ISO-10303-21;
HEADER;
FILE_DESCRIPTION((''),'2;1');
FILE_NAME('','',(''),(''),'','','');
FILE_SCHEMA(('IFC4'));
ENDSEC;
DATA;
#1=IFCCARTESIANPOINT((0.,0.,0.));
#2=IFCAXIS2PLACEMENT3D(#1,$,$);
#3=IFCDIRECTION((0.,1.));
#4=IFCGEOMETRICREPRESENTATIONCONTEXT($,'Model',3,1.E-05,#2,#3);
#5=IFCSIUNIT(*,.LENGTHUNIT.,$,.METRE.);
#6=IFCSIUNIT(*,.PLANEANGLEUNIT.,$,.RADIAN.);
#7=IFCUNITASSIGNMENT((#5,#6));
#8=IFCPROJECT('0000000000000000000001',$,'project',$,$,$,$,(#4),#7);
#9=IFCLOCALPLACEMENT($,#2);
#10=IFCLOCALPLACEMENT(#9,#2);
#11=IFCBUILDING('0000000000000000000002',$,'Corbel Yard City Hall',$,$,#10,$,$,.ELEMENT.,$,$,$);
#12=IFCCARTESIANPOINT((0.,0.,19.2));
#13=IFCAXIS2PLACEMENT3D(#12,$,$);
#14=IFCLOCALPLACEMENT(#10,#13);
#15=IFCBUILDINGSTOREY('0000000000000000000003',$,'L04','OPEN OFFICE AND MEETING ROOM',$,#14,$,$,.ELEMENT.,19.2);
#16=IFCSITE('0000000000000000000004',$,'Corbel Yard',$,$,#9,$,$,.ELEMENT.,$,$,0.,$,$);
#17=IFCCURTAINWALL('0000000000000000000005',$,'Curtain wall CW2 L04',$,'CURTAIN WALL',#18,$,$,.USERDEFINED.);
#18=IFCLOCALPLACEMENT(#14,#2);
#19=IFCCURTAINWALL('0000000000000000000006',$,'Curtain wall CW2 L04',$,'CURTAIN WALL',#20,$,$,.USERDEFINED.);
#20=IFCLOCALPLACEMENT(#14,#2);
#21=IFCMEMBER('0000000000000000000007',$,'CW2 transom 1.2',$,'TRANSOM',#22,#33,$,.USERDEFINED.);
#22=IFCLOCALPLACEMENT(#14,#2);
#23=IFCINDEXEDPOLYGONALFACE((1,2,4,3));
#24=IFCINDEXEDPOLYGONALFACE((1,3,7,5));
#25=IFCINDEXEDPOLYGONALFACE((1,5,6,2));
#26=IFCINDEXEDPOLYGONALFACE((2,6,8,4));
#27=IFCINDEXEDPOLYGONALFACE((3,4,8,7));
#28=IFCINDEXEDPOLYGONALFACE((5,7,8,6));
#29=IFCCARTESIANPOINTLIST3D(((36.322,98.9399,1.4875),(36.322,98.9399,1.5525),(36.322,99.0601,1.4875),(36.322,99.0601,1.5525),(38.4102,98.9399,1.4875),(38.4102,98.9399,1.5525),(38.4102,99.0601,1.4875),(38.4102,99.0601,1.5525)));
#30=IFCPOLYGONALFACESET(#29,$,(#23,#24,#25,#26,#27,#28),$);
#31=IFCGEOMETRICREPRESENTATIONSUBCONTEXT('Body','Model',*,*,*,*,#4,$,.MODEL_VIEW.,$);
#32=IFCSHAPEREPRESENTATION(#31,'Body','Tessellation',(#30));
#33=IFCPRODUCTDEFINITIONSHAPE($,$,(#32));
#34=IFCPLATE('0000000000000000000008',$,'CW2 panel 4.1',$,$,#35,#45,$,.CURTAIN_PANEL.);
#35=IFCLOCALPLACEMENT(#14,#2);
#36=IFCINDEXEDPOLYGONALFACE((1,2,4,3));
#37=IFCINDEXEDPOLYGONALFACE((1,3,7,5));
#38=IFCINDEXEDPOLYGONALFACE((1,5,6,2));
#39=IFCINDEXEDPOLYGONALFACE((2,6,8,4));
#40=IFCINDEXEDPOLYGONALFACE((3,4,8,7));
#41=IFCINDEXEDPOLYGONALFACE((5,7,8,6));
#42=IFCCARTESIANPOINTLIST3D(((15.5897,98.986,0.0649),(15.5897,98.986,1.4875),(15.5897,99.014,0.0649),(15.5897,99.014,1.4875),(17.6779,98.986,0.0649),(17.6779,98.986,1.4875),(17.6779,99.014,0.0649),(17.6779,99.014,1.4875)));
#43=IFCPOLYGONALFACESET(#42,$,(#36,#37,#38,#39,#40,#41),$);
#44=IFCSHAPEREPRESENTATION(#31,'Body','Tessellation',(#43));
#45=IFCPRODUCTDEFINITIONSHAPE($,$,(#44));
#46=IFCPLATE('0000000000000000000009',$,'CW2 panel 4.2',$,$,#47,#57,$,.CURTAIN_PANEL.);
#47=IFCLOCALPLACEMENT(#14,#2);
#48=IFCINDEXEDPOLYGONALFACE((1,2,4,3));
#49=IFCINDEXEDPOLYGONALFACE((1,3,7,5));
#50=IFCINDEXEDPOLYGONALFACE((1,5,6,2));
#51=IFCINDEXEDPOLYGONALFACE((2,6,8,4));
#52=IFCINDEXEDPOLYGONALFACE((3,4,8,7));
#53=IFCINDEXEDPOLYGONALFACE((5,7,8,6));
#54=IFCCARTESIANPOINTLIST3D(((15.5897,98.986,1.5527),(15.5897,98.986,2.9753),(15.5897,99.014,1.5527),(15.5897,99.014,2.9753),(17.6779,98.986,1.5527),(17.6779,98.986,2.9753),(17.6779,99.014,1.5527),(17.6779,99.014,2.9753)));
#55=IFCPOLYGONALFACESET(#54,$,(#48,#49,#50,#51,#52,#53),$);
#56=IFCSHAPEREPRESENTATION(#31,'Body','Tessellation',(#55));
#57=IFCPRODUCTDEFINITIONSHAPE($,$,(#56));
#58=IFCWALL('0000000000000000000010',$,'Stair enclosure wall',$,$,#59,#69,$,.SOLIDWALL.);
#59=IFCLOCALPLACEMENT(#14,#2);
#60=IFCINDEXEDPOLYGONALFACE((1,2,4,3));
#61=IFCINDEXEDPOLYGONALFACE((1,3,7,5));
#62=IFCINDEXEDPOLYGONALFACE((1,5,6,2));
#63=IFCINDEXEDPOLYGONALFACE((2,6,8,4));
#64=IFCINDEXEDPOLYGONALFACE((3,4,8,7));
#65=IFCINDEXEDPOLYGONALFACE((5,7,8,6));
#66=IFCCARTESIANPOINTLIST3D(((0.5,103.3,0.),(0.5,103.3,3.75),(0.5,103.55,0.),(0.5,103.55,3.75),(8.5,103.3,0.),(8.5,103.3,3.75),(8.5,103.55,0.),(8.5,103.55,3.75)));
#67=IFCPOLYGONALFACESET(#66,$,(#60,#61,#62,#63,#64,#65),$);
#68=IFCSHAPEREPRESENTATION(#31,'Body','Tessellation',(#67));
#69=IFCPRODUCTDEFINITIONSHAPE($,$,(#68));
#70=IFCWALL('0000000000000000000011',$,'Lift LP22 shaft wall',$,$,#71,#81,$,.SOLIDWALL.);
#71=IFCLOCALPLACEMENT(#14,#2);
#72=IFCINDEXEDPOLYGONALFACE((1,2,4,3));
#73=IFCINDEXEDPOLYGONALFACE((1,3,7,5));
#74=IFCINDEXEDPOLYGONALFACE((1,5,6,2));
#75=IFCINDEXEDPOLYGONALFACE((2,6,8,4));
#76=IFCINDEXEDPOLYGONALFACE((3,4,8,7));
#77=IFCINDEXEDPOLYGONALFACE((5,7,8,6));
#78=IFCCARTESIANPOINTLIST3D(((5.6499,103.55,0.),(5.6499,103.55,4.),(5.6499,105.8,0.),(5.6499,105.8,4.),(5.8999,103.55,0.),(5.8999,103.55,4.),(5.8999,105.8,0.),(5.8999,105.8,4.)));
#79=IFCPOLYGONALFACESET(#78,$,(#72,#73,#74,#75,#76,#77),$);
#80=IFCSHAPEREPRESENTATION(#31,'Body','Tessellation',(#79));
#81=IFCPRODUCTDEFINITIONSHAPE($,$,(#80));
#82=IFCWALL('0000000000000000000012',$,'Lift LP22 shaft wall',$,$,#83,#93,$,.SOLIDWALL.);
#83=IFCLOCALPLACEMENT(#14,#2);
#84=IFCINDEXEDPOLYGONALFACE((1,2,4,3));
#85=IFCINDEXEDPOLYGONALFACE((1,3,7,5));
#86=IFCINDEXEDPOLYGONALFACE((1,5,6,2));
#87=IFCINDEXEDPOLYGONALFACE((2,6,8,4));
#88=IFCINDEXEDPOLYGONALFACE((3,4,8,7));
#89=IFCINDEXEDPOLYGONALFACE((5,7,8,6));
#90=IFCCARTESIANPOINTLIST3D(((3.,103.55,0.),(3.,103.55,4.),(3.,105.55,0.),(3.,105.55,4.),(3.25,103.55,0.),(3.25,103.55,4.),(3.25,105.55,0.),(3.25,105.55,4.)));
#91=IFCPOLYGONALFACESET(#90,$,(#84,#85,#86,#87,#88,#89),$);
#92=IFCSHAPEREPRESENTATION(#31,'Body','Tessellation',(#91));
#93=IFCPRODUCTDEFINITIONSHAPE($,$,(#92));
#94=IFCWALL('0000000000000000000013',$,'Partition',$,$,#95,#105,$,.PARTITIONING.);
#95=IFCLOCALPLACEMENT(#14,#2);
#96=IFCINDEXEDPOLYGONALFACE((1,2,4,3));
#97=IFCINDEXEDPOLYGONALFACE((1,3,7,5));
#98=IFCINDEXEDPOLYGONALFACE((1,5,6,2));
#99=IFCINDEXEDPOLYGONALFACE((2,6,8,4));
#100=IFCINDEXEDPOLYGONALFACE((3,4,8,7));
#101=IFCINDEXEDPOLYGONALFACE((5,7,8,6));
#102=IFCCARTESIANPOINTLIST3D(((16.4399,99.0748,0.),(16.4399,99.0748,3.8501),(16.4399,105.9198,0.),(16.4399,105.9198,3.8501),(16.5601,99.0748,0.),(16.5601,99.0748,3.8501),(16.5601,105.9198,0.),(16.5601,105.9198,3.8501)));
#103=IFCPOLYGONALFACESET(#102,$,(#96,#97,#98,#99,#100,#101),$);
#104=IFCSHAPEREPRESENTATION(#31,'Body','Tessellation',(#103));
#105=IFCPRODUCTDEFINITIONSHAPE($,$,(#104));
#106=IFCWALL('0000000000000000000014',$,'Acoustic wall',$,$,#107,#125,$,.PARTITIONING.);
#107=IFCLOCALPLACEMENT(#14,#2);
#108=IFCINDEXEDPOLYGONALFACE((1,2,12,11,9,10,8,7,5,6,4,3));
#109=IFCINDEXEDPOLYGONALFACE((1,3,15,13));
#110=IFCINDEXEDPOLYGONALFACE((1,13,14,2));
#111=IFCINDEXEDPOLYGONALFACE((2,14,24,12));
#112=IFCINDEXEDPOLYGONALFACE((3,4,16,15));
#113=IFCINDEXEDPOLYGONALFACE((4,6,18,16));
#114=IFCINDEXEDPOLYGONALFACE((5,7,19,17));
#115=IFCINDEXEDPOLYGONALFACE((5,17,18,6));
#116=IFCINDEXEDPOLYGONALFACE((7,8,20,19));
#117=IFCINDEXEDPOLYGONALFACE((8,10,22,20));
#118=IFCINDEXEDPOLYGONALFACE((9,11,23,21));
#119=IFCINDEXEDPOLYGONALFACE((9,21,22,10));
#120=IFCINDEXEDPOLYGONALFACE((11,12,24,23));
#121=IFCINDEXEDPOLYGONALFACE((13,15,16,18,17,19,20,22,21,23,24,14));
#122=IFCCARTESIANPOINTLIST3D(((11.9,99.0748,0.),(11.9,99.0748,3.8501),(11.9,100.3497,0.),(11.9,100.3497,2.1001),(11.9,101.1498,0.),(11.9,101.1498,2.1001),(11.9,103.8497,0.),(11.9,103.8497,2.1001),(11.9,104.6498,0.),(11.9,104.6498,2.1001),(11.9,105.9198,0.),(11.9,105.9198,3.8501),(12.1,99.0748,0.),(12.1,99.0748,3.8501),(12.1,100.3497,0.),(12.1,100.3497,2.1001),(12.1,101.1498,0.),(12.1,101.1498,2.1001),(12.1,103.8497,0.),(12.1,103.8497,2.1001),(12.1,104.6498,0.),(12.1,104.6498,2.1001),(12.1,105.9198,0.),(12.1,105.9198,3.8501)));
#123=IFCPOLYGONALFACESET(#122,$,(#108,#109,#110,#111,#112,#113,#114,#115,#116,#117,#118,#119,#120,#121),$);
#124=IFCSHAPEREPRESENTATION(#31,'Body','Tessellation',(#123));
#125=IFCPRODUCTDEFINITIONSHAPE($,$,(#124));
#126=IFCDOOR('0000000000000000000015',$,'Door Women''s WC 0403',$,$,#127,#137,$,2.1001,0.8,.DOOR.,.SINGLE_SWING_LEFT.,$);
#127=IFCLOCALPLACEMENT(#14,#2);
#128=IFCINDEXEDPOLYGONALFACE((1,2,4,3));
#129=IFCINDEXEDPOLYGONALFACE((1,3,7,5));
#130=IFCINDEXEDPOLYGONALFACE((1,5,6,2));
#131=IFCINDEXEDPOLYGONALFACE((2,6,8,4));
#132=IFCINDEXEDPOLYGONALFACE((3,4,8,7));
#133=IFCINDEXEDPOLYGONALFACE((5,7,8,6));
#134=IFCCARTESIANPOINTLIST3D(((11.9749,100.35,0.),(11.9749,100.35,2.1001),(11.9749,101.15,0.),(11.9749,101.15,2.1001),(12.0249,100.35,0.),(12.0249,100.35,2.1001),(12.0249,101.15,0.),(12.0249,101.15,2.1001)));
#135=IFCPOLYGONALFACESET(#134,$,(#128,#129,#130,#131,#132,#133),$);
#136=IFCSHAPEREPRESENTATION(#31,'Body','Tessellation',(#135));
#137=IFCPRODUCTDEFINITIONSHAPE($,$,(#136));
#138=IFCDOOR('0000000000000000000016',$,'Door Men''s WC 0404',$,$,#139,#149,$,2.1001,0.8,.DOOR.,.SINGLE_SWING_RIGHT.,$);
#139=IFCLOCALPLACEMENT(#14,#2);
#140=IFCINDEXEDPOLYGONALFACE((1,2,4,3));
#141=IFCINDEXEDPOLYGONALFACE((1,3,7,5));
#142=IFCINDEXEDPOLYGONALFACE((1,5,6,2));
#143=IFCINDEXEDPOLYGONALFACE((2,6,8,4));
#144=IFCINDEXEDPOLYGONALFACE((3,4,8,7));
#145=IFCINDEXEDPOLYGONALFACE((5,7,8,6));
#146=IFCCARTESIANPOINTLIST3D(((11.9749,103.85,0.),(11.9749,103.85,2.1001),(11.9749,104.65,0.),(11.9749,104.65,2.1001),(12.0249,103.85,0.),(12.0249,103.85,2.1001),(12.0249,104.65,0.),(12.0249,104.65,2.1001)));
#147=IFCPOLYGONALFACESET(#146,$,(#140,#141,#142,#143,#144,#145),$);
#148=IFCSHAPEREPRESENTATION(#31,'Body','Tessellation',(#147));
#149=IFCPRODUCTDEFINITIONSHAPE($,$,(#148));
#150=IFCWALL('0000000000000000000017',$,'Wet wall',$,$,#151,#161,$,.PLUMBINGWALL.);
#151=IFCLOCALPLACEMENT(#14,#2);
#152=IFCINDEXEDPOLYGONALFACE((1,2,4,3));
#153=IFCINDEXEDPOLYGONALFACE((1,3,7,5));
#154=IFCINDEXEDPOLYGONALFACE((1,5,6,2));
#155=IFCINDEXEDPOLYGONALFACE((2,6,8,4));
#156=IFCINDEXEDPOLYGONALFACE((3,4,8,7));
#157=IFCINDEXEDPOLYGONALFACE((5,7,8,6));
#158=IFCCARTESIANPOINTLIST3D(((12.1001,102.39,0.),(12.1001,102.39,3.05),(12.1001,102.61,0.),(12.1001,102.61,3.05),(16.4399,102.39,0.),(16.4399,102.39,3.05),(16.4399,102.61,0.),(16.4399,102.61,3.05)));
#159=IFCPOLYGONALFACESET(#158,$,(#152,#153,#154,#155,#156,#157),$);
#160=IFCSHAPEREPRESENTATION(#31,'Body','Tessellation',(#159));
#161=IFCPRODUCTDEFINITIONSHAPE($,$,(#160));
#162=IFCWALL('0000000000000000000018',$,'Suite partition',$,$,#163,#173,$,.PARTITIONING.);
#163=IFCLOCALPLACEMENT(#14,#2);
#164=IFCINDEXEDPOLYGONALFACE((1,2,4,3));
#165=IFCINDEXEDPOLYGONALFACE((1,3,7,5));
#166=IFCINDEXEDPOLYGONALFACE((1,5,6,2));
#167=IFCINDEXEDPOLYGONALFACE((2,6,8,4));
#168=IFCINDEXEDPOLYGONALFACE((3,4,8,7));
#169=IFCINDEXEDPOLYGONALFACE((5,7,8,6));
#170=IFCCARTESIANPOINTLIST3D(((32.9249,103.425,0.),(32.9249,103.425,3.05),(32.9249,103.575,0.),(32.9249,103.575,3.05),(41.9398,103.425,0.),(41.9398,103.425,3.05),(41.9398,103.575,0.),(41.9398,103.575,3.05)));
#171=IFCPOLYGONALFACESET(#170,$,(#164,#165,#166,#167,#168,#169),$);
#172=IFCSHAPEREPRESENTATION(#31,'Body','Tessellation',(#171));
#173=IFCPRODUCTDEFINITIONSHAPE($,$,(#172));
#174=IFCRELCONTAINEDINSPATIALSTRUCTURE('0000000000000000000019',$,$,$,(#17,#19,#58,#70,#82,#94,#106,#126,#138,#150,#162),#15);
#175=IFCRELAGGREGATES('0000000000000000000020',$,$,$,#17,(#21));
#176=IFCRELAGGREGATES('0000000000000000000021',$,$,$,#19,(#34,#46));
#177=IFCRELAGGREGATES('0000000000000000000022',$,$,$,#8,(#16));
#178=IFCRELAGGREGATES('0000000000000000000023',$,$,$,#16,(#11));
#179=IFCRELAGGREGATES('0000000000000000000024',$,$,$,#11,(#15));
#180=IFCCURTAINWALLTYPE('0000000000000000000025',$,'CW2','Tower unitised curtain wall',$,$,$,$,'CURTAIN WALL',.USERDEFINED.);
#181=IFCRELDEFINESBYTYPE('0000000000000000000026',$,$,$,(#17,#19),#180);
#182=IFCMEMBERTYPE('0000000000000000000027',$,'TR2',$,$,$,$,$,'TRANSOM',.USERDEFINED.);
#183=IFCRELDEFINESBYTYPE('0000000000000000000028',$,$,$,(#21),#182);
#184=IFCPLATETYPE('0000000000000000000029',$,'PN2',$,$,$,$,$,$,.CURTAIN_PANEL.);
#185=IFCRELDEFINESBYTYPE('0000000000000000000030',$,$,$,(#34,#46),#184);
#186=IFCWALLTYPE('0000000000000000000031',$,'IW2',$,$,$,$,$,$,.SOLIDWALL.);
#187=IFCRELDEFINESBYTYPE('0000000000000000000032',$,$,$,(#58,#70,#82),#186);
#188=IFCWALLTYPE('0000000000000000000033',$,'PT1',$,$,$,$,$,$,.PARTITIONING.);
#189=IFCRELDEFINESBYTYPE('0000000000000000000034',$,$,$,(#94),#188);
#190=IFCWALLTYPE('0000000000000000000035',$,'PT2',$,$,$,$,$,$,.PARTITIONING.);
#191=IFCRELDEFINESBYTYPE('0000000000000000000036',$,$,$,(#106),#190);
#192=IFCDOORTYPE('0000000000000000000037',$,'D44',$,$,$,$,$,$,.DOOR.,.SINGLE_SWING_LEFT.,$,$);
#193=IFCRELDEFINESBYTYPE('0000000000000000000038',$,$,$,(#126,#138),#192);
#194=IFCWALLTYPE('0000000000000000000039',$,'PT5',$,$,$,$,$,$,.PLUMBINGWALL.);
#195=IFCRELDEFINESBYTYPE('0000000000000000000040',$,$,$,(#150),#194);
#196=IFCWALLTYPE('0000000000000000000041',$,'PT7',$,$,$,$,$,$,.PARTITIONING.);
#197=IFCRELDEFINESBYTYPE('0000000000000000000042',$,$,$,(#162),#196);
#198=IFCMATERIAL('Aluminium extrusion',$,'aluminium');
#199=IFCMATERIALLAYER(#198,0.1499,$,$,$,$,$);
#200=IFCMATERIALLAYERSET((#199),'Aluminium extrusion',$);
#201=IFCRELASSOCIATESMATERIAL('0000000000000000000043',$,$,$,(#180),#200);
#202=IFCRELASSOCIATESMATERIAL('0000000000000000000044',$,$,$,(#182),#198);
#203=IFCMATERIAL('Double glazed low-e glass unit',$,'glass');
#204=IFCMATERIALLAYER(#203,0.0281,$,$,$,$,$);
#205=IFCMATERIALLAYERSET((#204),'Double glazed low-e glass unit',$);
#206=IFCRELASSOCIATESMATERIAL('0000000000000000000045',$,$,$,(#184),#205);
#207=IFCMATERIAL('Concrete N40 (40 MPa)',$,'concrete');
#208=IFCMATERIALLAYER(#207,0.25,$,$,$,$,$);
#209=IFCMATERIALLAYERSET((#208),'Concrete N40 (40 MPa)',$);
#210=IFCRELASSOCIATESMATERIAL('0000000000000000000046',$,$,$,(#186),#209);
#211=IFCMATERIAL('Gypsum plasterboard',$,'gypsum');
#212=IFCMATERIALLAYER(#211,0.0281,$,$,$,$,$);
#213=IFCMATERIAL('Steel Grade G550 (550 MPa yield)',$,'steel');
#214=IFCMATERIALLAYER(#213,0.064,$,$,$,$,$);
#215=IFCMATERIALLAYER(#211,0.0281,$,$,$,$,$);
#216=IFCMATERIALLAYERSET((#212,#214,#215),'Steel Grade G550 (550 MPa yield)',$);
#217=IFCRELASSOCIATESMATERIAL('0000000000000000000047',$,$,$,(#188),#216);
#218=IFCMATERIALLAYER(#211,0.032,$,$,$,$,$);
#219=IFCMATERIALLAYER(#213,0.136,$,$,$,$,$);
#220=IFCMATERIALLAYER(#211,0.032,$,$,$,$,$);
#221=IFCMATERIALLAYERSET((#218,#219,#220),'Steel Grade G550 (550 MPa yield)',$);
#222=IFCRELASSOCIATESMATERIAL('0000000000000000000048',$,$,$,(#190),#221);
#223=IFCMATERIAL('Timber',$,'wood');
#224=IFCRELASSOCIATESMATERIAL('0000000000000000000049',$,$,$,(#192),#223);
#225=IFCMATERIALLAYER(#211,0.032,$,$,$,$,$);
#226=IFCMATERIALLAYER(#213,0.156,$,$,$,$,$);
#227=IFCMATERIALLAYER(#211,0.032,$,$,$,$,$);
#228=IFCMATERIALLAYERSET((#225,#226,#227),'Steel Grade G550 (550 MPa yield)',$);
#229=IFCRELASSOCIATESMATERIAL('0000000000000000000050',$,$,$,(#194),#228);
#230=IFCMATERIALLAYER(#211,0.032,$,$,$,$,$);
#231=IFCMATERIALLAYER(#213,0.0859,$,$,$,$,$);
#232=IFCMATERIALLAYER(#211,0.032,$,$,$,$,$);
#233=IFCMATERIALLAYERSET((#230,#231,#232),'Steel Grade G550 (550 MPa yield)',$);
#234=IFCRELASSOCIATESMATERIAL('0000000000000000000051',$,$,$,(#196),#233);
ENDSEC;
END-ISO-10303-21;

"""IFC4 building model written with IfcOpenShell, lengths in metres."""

from ifc_helpers import new_model, si_unit, direction, frame, frame_2d, origin, origin_2d, place, context, subcontext, project, spatial, rectangle, extrude, material, layer, layer_set, material_profile, profile_set, type_object, element, fill, aggregate, save


model = new_model("IFC4")

# Units and contexts
model_context = context("Model", 3, precision=1e-05, world=origin(), true_north=direction((0.0, 1.0)))
body_context = subcontext(model_context, "Body", "Model", "MODEL_VIEW")
ifc_project = project(units=[si_unit("LENGTHUNIT", "METRE"), si_unit("PLANEANGLEUNIT", "RADIAN")], contexts=[model_context])

# Site, building, storey
site_placement = place(None, origin())
site = spatial("IfcSite", under=ifc_project, at=site_placement, Name="Corbel Yard", CompositionType="ELEMENT", RefElevation=0.0)
building_placement = place(site_placement, origin())
building = spatial("IfcBuilding", under=site, at=building_placement, Name="Corbel Yard City Hall", CompositionType="ELEMENT")
storey_placement = place(building_placement, frame((0.0, 0.0, 19.2)))
storey = spatial("IfcBuildingStorey", under=building, at=storey_placement, Name="L04", Description="OPEN OFFICE AND MEETING ROOM", CompositionType="ELEMENT", Elevation=19.2)

# Curtain walls
ifc_material_1 = material(Name="Aluminium extrusion", Category="aluminium")
ifc_layer_1 = layer(ifc_material_1, 0.1499)
ifc_layer_set_1 = layer_set([ifc_layer_1], Name="Aluminium extrusion")
curtain_wall_type = type_object("IfcCurtainWallType", Name="CW2", Description="Tower unitised curtain wall", ElementType="CURTAIN WALL", PredefinedType="USERDEFINED", material=ifc_layer_set_1)
curtain_wall_1_placement = place(storey_placement, origin())
curtain_wall_1 = element("IfcCurtainWall", 1, at=curtain_wall_1_placement, inside=storey, type_object=curtain_wall_type, Name="Curtain wall CW2 L04", ObjectType="CURTAIN WALL", PredefinedType="USERDEFINED")
curtain_wall_2_placement = place(storey_placement, origin())
curtain_wall_2 = element("IfcCurtainWall", 2, at=curtain_wall_2_placement, inside=storey, type_object=curtain_wall_type, Name="Curtain wall CW2 L04", ObjectType="CURTAIN WALL", PredefinedType="USERDEFINED")
ifc_material_profile_1 = material_profile(ifc_material_1, rectangle(XDim=0.1201, YDim=0.0649, at=origin_2d()), Name="120x65")
ifc_profile_set_1 = profile_set([ifc_material_profile_1], Name="Aluminium extrusion")
member_type_1 = type_object("IfcMemberType", Name="TR2", ElementType="TRANSOM", PredefinedType="USERDEFINED", material=ifc_profile_set_1)

# Member
member_1_placement = place(storey_placement, frame((36.322, 99.0, 1.52), z_axis=(1.0, 0.0, 0.0), x_axis=(0.0, 1.0, 0.0)))
member_1 = element("IfcMember", 3, at=member_1_placement, type_object=member_type_1, Name="CW2 transom 1.2", ObjectType="TRANSOM", PredefinedType="USERDEFINED", context=body_context, shape_type="SweptSolid", body=[
    extrude(rectangle(XDim=0.1201, YDim=0.0649, at=origin_2d()), origin(), (0.0, 0.0, 1.0), 2.0881),
])
aggregate(curtain_wall_1, [member_1])

# Plates
ifc_material_2 = material(Name="Double glazed low-e glass unit", Category="glass")
ifc_layer_2 = layer(ifc_material_2, 0.0281)
ifc_layer_set_2 = layer_set([ifc_layer_2], Name="Double glazed low-e glass unit")
plate_type = type_object("IfcPlateType", Name="PN2", PredefinedType="CURTAIN_PANEL", material=ifc_layer_set_2)
plate_1_placement = place(storey_placement, frame((16.6338, 99.0, 0.0649), z_axis=(0.0, 0.0, 1.0), x_axis=(1.0, 0.0, 0.0)))
plate_1 = element("IfcPlate", 4, at=plate_1_placement, type_object=plate_type, Name="CW2 panel 4.1", PredefinedType="CURTAIN_PANEL", context=body_context, shape_type="SweptSolid", body=[
    extrude(rectangle(XDim=2.0881, YDim=0.0281, at=origin_2d()), origin(), (0.0, 0.0, 1.0), 1.4226),
])
plate_2_placement = place(storey_placement, frame((16.6338, 99.0, 1.5527), z_axis=(0.0, 0.0, 1.0), x_axis=(1.0, 0.0, 0.0)))
plate_2 = element("IfcPlate", 5, at=plate_2_placement, type_object=plate_type, Name="CW2 panel 4.2", PredefinedType="CURTAIN_PANEL", context=body_context, shape_type="SweptSolid", body=[
    extrude(rectangle(XDim=2.0881, YDim=0.0281, at=origin_2d()), origin(), (0.0, 0.0, 1.0), 1.4226),
])
aggregate(curtain_wall_2, [plate_1, plate_2])

# Walls
ifc_material_3 = material(Name="Concrete N40 (40 MPa)", Category="concrete")
ifc_layer_3 = layer(ifc_material_3, 0.25)
ifc_layer_set_3 = layer_set([ifc_layer_3], Name="Concrete N40 (40 MPa)")
wall_type_1 = type_object("IfcWallType", Name="IW2", PredefinedType="SOLIDWALL", material=ifc_layer_set_3)
wall_1_placement = place(storey_placement, frame((8.5, 103.425, 0.0), z_axis=(0.0, 0.0, 1.0), x_axis=(-1.0, 0.0, 0.0)))
element("IfcWall", 6, at=wall_1_placement, inside=storey, type_object=wall_type_1, Name="Stair enclosure wall", PredefinedType="SOLIDWALL", context=body_context, shape_type="SweptSolid", body=[
    extrude(rectangle(XDim=8.0, YDim=0.25, at=frame_2d((4.0, 0.0))), origin(), (0.0, 0.0, 1.0), 3.75),
])
wall_2_placement = place(storey_placement, frame((5.7749, 103.55, 0.0), z_axis=(0.0, 0.0, 1.0), x_axis=(0.0, 1.0, 0.0)))
element("IfcWall", 7, at=wall_2_placement, inside=storey, type_object=wall_type_1, Name="Lift LP22 shaft wall", PredefinedType="SOLIDWALL", context=body_context, shape_type="SweptSolid", body=[
    extrude(rectangle(XDim=2.25, YDim=0.25, at=frame_2d((1.125, 0.0))), origin(), (0.0, 0.0, 1.0), 4.0),
])
wall_3_placement = place(storey_placement, frame((3.125, 103.55, 0.0), z_axis=(0.0, 0.0, 1.0), x_axis=(0.0, 1.0, 0.0)))
element("IfcWall", 8, at=wall_3_placement, inside=storey, type_object=wall_type_1, Name="Lift LP22 shaft wall", PredefinedType="SOLIDWALL", context=body_context, shape_type="SweptSolid", body=[
    extrude(rectangle(XDim=2.0, YDim=0.25, at=frame_2d((1.0, 0.0))), origin(), (0.0, 0.0, 1.0), 4.0),
])
ifc_material_4 = material(Name="Gypsum plasterboard", Category="gypsum")
ifc_layer_4 = layer(ifc_material_4, 0.0281)
ifc_material_5 = material(Name="Steel Grade G550 (550 MPa yield)", Category="steel")
ifc_layer_5 = layer(ifc_material_5, 0.064)
ifc_layer_6 = layer(ifc_material_4, 0.0281)
ifc_layer_set_4 = layer_set([ifc_layer_4, ifc_layer_5, ifc_layer_6], Name="Steel Grade G550 (550 MPa yield)")
wall_type_2 = type_object("IfcWallType", Name="PT1", PredefinedType="PARTITIONING", material=ifc_layer_set_4)
wall_4_placement = place(storey_placement, frame((16.5, 99.075, 0.0), z_axis=(0.0, 0.0, 1.0), x_axis=(0.0, 1.0, 0.0)))
element("IfcWall", 9, at=wall_4_placement, inside=storey, type_object=wall_type_2, Name="Partition", PredefinedType="PARTITIONING", context=body_context, shape_type="SweptSolid", body=[
    extrude(rectangle(XDim=6.845, YDim=0.1201, at=frame_2d((3.4224, 0.0))), origin(), (0.0, 0.0, 1.0), 3.8501),
])

# Wall, openings, doors
ifc_layer_7 = layer(ifc_material_4, 0.032)
ifc_layer_8 = layer(ifc_material_5, 0.136)
ifc_layer_9 = layer(ifc_material_4, 0.032)
ifc_layer_set_5 = layer_set([ifc_layer_7, ifc_layer_8, ifc_layer_9], Name="Steel Grade G550 (550 MPa yield)")
wall_type_3 = type_object("IfcWallType", Name="PT2", PredefinedType="PARTITIONING", material=ifc_layer_set_5)
wall_5_placement = place(storey_placement, frame((12.0, 99.075, 0.0), z_axis=(0.0, 0.0, 1.0), x_axis=(0.0, 1.0, 0.0)))
wall_5 = element("IfcWall", 10, at=wall_5_placement, inside=storey, type_object=wall_type_3, Name="Acoustic wall", PredefinedType="PARTITIONING", context=body_context, shape_type="SweptSolid", body=[
    extrude(rectangle(XDim=6.845, YDim=0.2, at=frame_2d((3.4224, 0.0))), origin(), (0.0, 0.0, 1.0), 3.8501),
])
opening_1_placement = place(wall_5_placement, frame((1.2749, 0.0, 0.0)))
opening_1 = element("IfcOpeningElement", 11, at=opening_1_placement, cuts=wall_5, PredefinedType="OPENING", context=body_context, shape_type="SweptSolid", body=[
    extrude(rectangle(XDim=0.8, YDim=2.1001, at=frame_2d((0.3999, 1.05))), frame((0.0, 0.1099, 0.0), z_axis=(0.0, -1.0, 0.0), x_axis=(1.0, 0.0, 0.0)), (0.0, 0.0, 1.0), 0.22),
])
opening_2_placement = place(wall_5_placement, frame((4.7749, 0.0, 0.0)))
opening_2 = element("IfcOpeningElement", 12, at=opening_2_placement, cuts=wall_5, PredefinedType="OPENING", context=body_context, shape_type="SweptSolid", body=[
    extrude(rectangle(XDim=0.8, YDim=2.1001, at=frame_2d((0.3999, 1.05))), frame((0.0, 0.1099, 0.0), z_axis=(0.0, -1.0, 0.0), x_axis=(1.0, 0.0, 0.0)), (0.0, 0.0, 1.0), 0.22),
])
ifc_material_6 = material(Name="Timber", Category="wood")
door_type = type_object("IfcDoorType", Name="D44", OperationType="SINGLE_SWING_LEFT", PredefinedType="DOOR", material=ifc_material_6)
door_1_placement = place(opening_1_placement, frame((0.8, 0.0, 0.0), z_axis=(0.0, 0.0, 1.0), x_axis=(-1.0, 0.0, 0.0)))
door_1 = element("IfcDoor", 13, at=door_1_placement, inside=storey, type_object=door_type, Name="Door Women's WC 0403", OperationType="SINGLE_SWING_LEFT", OverallHeight=2.1001, OverallWidth=0.8, PredefinedType="DOOR", context=body_context, shape_type="SweptSolid", body=[
    extrude(rectangle(XDim=0.8, YDim=2.1001, at=frame_2d((0.3999, 1.05))), frame((0.0, 0.0249, 0.0), z_axis=(0.0, -1.0, 0.0), x_axis=(1.0, 0.0, 0.0)), (0.0, 0.0, 1.0), 0.05),
])
fill(opening_1, door_1)
door_2_placement = place(opening_2_placement, frame((0.8, 0.0, 0.0), z_axis=(0.0, 0.0, 1.0), x_axis=(-1.0, 0.0, 0.0)))
door_2 = element("IfcDoor", 14, at=door_2_placement, inside=storey, type_object=door_type, Name="Door Men's WC 0404", OperationType="SINGLE_SWING_RIGHT", OverallHeight=2.1001, OverallWidth=0.8, PredefinedType="DOOR", context=body_context, shape_type="SweptSolid", body=[
    extrude(rectangle(XDim=0.8, YDim=2.1001, at=frame_2d((0.3999, 1.05))), frame((0.0, 0.0249, 0.0), z_axis=(0.0, -1.0, 0.0), x_axis=(1.0, 0.0, 0.0)), (0.0, 0.0, 1.0), 0.05),
])
fill(opening_2, door_2)

# Walls
ifc_layer_10 = layer(ifc_material_4, 0.032)
ifc_layer_11 = layer(ifc_material_5, 0.156)
ifc_layer_12 = layer(ifc_material_4, 0.032)
ifc_layer_set_6 = layer_set([ifc_layer_10, ifc_layer_11, ifc_layer_12], Name="Steel Grade G550 (550 MPa yield)")
wall_type_4 = type_object("IfcWallType", Name="PT5", PredefinedType="PLUMBINGWALL", material=ifc_layer_set_6)
wall_6_placement = place(storey_placement, frame((12.1001, 102.5, 0.0), z_axis=(0.0, 0.0, 1.0), x_axis=(1.0, 0.0, 0.0)))
element("IfcWall", 15, at=wall_6_placement, inside=storey, type_object=wall_type_4, Name="Wet wall", PredefinedType="PLUMBINGWALL", context=body_context, shape_type="SweptSolid", body=[
    extrude(rectangle(XDim=4.3398, YDim=0.22, at=frame_2d((2.1699, 0.0))), origin(), (0.0, 0.0, 1.0), 3.05),
])
ifc_layer_13 = layer(ifc_material_4, 0.032)
ifc_layer_14 = layer(ifc_material_5, 0.0859)
ifc_layer_15 = layer(ifc_material_4, 0.032)
ifc_layer_set_7 = layer_set([ifc_layer_13, ifc_layer_14, ifc_layer_15], Name="Steel Grade G550 (550 MPa yield)")
wall_type_5 = type_object("IfcWallType", Name="PT7", PredefinedType="PARTITIONING", material=ifc_layer_set_7)
wall_7_placement = place(storey_placement, frame((32.925, 103.5, 0.0), z_axis=(0.0, 0.0, 1.0), x_axis=(1.0, 0.0, 0.0)))
element("IfcWall", 16, at=wall_7_placement, inside=storey, type_object=wall_type_5, Name="Suite partition", PredefinedType="PARTITIONING", context=body_context, shape_type="SweptSolid", body=[
    extrude(rectangle(XDim=9.0149, YDim=0.1499, at=frame_2d((4.5073, 0.0))), origin(), (0.0, 0.0, 1.0), 3.05),
])

save(model, "model.ifc")
